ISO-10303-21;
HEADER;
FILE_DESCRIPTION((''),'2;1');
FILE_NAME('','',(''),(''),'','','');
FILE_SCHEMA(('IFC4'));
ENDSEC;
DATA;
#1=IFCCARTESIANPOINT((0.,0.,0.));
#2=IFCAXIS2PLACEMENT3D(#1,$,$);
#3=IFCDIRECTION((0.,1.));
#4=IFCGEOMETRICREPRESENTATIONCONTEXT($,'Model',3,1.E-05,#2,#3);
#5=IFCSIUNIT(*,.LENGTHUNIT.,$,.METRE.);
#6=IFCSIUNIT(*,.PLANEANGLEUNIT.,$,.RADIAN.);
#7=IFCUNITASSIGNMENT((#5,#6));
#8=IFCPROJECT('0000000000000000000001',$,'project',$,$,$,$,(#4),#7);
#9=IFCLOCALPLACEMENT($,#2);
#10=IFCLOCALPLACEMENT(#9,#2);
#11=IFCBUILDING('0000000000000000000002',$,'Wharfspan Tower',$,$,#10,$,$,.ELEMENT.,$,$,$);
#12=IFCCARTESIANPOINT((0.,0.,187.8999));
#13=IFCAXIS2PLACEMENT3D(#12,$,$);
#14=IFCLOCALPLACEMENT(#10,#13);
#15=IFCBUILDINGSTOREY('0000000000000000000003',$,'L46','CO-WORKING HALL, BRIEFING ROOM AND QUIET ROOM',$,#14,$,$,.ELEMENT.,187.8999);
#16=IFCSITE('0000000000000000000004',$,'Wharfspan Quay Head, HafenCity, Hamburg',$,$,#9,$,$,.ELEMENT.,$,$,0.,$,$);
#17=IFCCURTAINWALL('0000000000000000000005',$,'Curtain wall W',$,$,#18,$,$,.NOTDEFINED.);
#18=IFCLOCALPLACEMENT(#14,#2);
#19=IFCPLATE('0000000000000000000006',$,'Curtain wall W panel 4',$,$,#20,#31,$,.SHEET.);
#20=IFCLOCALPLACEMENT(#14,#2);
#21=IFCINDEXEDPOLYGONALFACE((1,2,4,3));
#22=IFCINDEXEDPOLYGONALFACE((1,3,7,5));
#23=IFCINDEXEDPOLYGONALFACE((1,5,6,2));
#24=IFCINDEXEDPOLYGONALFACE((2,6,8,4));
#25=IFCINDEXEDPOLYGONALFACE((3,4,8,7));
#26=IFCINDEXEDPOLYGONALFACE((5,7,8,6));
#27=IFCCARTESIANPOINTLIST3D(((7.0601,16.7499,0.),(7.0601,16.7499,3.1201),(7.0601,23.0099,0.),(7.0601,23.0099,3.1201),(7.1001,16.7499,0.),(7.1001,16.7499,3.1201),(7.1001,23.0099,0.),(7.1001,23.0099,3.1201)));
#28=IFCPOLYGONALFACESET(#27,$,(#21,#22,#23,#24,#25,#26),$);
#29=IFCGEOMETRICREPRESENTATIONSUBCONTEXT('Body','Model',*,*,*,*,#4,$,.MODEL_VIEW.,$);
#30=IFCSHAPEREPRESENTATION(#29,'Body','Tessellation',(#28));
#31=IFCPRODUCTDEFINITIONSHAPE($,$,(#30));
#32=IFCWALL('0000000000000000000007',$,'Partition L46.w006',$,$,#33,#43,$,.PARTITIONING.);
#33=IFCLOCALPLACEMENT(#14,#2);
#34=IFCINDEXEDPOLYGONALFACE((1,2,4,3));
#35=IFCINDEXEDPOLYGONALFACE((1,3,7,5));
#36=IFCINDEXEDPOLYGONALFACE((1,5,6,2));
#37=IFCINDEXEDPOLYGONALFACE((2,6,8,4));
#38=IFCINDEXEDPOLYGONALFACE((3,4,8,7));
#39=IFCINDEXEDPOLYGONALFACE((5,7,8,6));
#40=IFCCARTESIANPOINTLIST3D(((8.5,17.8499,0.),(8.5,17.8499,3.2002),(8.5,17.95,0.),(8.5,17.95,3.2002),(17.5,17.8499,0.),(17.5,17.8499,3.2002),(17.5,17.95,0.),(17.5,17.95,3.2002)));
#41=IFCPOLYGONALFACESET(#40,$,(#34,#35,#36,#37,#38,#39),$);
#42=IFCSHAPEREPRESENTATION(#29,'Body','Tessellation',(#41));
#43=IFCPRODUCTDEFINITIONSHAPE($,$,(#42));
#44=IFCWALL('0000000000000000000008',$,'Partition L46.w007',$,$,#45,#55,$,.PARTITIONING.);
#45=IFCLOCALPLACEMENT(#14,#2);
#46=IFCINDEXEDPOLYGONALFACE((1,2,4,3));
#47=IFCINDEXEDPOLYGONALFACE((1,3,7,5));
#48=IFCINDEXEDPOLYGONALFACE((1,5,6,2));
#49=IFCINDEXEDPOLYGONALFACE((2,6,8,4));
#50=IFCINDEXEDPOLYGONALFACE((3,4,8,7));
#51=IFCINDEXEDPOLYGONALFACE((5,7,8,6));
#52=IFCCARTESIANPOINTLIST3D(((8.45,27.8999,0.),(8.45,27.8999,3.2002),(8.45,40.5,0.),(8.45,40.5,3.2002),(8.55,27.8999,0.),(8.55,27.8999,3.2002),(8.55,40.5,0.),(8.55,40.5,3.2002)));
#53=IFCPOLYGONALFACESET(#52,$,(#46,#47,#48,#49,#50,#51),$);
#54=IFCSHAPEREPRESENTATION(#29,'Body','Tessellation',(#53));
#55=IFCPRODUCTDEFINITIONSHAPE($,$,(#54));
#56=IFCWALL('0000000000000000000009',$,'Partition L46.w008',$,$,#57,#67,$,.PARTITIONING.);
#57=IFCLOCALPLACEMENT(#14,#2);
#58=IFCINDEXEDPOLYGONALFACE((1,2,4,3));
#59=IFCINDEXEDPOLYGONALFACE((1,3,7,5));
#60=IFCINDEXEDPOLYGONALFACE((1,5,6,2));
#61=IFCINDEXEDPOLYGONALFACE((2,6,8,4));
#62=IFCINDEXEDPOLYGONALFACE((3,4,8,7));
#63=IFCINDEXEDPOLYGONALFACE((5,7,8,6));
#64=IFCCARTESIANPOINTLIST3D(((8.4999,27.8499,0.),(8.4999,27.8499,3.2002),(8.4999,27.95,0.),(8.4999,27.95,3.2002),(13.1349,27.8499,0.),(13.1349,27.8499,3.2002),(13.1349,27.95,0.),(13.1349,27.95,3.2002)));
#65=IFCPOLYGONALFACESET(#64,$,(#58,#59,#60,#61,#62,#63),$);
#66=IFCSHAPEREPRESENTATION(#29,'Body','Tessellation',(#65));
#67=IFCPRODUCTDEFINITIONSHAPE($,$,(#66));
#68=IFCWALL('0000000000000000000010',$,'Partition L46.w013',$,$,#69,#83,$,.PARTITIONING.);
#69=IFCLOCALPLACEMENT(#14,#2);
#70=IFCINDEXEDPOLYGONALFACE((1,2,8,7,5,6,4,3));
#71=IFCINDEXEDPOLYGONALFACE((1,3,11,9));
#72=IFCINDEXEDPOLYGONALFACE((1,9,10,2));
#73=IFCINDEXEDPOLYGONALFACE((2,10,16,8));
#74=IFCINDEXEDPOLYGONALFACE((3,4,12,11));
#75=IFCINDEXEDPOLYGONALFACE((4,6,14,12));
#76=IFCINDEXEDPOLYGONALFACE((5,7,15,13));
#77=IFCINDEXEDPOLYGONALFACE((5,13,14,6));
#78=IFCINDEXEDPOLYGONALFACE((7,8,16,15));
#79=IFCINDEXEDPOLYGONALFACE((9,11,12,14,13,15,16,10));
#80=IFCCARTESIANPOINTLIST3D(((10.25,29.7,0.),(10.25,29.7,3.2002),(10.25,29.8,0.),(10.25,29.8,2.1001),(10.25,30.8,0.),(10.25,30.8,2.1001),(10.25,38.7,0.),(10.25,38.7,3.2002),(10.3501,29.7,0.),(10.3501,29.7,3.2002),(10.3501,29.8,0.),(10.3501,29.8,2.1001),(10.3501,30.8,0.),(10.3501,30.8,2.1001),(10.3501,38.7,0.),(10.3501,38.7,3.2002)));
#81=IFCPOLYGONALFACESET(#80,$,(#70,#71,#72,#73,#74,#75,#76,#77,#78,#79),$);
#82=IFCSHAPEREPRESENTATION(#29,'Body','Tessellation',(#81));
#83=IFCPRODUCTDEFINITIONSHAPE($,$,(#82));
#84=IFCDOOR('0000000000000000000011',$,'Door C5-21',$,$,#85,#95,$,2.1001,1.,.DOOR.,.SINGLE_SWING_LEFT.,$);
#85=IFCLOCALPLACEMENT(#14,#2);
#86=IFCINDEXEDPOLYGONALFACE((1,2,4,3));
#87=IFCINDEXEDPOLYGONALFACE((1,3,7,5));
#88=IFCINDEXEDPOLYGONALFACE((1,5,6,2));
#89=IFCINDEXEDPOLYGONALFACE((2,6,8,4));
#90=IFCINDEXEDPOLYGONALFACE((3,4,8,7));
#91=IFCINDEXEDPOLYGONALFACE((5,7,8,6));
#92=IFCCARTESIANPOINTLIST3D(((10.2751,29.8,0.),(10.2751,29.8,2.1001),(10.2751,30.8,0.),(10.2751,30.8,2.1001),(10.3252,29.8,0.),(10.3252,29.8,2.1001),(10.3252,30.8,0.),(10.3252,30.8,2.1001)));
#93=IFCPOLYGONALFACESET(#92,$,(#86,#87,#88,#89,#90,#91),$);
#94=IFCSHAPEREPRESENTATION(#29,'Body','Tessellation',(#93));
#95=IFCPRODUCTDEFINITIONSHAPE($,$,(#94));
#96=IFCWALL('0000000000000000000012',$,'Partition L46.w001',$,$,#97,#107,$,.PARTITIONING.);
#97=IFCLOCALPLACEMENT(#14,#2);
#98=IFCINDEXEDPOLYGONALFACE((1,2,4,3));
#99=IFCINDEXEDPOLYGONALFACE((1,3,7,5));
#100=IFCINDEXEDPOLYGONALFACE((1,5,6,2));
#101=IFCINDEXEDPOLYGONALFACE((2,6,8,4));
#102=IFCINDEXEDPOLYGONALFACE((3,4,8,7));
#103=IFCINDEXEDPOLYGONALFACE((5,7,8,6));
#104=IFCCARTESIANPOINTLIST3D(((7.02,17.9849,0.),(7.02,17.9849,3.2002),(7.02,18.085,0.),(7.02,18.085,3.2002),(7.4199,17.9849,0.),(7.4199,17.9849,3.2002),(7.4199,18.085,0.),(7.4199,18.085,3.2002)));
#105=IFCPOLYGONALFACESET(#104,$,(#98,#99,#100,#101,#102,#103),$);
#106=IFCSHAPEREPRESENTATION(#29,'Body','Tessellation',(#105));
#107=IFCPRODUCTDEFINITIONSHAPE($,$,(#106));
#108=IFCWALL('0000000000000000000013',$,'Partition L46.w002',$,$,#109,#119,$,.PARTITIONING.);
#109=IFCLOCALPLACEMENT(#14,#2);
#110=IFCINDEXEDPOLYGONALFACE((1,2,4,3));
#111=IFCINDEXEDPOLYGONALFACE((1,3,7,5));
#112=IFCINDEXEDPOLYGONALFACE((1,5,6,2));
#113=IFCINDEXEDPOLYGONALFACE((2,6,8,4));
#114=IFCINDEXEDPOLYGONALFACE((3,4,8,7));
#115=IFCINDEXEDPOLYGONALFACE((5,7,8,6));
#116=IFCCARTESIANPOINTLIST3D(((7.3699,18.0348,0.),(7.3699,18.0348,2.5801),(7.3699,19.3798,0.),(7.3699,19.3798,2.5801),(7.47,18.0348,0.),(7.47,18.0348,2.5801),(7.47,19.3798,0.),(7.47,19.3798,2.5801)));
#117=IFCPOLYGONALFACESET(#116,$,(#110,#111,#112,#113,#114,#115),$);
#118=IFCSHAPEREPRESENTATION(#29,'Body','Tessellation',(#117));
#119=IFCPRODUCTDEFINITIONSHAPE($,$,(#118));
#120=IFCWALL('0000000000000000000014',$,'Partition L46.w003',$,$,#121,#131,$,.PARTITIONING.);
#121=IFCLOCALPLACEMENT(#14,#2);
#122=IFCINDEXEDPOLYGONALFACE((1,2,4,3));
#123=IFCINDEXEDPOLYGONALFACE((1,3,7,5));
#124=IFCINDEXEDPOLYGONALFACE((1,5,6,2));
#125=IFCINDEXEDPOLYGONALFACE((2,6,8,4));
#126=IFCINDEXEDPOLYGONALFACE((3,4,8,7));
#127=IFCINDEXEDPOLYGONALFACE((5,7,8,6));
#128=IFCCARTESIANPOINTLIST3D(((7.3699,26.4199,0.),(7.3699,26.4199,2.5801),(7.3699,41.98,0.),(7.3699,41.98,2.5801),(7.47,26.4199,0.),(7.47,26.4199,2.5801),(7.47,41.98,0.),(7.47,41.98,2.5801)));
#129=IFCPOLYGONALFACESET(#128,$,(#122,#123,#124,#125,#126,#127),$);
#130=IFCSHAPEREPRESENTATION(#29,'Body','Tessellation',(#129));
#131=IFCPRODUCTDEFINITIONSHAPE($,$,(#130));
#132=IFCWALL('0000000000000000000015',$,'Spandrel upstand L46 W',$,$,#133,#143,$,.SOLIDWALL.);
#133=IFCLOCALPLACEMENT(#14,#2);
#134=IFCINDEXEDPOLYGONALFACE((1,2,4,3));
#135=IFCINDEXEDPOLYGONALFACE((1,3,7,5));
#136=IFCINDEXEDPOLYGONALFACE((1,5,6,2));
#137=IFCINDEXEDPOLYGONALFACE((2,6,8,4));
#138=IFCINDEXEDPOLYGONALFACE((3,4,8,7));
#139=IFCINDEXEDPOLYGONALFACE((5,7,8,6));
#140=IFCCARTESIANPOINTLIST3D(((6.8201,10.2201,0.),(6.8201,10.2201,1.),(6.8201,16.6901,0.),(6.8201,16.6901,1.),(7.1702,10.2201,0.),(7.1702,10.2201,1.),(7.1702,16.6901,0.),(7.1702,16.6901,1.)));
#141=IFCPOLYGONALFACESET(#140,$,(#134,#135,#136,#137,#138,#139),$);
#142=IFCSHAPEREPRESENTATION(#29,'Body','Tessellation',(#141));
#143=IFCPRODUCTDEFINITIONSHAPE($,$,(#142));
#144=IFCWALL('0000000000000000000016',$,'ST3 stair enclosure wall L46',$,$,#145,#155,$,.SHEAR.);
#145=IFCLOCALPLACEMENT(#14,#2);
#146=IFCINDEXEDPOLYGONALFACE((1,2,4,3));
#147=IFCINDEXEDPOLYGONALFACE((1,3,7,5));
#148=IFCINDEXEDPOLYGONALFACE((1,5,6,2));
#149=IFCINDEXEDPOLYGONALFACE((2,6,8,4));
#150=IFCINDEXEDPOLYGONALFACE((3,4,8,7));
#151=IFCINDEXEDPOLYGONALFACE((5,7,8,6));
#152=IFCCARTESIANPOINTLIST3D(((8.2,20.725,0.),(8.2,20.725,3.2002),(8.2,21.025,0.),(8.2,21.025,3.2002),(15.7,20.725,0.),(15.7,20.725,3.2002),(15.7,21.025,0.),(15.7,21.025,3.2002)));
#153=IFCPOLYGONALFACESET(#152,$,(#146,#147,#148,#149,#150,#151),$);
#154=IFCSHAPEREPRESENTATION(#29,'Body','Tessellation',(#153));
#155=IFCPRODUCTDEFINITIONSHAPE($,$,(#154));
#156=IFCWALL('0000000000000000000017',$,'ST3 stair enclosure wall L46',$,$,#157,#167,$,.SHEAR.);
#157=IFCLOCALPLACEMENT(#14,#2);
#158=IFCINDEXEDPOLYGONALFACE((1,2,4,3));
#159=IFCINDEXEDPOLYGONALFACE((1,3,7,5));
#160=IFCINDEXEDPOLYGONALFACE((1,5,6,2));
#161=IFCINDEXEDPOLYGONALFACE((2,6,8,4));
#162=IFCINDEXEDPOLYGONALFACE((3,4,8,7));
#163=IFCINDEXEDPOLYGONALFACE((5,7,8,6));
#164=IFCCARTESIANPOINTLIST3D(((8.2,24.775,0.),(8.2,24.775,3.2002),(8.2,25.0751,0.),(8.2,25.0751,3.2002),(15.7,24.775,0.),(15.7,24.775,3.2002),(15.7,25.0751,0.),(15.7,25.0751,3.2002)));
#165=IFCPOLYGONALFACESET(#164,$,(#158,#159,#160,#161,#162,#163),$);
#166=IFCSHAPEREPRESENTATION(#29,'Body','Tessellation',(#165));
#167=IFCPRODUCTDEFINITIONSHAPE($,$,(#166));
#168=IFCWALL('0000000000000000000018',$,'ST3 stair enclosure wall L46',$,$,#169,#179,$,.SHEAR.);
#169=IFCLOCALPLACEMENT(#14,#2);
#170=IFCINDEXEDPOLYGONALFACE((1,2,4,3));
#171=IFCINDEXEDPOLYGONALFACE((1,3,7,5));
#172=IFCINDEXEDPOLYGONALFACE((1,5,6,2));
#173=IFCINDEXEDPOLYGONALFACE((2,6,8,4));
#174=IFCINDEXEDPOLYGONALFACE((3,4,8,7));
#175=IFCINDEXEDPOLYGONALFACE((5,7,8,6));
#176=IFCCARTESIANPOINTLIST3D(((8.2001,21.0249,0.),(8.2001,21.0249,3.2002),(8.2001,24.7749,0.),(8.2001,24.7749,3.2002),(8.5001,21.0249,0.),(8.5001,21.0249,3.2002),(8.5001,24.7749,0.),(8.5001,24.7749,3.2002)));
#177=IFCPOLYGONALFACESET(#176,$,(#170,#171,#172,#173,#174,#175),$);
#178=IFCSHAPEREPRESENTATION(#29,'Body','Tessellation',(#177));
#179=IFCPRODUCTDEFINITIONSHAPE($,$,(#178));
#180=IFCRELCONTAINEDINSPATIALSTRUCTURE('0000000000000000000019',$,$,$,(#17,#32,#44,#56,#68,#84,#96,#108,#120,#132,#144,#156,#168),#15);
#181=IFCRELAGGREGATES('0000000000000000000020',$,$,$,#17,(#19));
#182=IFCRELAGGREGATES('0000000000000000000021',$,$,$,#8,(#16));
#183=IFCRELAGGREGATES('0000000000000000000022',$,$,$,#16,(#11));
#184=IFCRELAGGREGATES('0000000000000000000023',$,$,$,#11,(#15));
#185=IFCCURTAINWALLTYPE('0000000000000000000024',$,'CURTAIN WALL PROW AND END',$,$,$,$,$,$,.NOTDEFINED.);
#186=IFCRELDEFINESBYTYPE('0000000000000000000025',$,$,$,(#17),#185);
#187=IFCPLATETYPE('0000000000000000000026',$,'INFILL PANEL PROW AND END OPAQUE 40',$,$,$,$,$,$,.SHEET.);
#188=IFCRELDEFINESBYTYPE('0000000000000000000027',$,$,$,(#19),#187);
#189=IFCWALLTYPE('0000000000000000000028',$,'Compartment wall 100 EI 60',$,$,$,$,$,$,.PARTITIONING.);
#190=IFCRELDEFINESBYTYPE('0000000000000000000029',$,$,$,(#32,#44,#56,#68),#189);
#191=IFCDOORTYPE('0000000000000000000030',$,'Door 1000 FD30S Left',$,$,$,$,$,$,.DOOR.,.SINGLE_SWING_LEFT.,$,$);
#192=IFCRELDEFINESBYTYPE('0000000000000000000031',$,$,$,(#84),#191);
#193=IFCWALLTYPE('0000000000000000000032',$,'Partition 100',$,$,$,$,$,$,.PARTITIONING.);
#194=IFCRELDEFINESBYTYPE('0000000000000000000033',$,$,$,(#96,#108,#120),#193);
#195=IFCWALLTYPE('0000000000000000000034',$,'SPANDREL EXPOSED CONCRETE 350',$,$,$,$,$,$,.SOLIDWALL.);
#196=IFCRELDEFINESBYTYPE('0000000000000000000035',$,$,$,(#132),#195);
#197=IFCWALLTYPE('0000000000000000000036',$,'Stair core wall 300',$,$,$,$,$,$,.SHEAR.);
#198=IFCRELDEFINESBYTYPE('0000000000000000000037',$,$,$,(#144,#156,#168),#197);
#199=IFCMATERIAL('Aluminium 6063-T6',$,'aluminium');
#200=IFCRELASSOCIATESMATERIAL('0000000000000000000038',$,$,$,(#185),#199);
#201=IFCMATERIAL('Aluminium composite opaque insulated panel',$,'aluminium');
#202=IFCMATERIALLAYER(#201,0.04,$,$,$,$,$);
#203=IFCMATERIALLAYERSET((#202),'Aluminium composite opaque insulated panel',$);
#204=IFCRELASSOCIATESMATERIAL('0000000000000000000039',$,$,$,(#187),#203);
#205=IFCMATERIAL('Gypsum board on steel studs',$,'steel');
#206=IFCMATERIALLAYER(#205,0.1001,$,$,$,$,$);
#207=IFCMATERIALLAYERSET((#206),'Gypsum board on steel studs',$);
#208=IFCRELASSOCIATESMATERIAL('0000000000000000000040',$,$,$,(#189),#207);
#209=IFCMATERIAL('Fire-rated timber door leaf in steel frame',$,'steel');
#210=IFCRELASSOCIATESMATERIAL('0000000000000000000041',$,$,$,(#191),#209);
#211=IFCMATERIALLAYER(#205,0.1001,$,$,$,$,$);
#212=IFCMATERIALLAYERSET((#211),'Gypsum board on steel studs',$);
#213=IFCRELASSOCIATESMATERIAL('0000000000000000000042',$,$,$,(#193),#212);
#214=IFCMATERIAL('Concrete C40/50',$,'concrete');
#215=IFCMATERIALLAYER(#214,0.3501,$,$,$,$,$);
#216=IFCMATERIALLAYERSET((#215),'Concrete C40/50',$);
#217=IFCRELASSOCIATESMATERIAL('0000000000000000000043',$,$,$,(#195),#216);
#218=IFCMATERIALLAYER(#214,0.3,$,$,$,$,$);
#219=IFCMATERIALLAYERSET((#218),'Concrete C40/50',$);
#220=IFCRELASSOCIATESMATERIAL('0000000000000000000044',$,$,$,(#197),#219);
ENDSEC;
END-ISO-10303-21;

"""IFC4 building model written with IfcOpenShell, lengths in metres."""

from ifc_helpers import new_model, si_unit, direction, frame, frame_2d, origin, origin_2d, place, context, subcontext, project, spatial, rectangle, extrude, material, layer, layer_set, type_object, element, fill, aggregate, save


model = new_model("IFC4")

# Units and contexts
model_context = context("Model", 3, precision=1e-05, world=origin(), true_north=direction((0.0, 1.0)))
body_context = subcontext(model_context, "Body", "Model", "MODEL_VIEW")
ifc_project = project(units=[si_unit("LENGTHUNIT", "METRE"), si_unit("PLANEANGLEUNIT", "RADIAN")], contexts=[model_context])

# Site, building, storey
site_placement = place(None, origin())
site = spatial("IfcSite", under=ifc_project, at=site_placement, Name="Wharfspan Quay Head, HafenCity, Hamburg", CompositionType="ELEMENT", RefElevation=0.0)
building_placement = place(site_placement, origin())
building = spatial("IfcBuilding", under=site, at=building_placement, Name="Wharfspan Tower", CompositionType="ELEMENT")
storey_placement = place(building_placement, frame((0.0, 0.0, 187.8999)))
storey = spatial("IfcBuildingStorey", under=building, at=storey_placement, Name="L46", Description="CO-WORKING HALL, BRIEFING ROOM AND QUIET ROOM", CompositionType="ELEMENT", Elevation=187.8999)

# Curtain wall
ifc_material_1 = material(Name="Aluminium 6063-T6", Category="aluminium")
curtain_wall_type = type_object("IfcCurtainWallType", Name="CURTAIN WALL PROW AND END", PredefinedType="NOTDEFINED", material=ifc_material_1)
curtain_wall_placement = place(storey_placement, origin())
curtain_wall = element("IfcCurtainWall", 1, at=curtain_wall_placement, inside=storey, type_object=curtain_wall_type, Name="Curtain wall W", PredefinedType="NOTDEFINED")

# Plate
ifc_material_2 = material(Name="Aluminium composite opaque insulated panel", Category="aluminium")
ifc_layer_1 = layer(ifc_material_2, 0.04)
ifc_layer_set_1 = layer_set([ifc_layer_1], Name="Aluminium composite opaque insulated panel")
plate_type = type_object("IfcPlateType", Name="INFILL PANEL PROW AND END OPAQUE 40", PredefinedType="SHEET", material=ifc_layer_set_1)
plate_1_placement = place(storey_placement, frame((7.0801, 19.8799, 0.0), z_axis=(0.0, 0.0, 1.0), x_axis=(0.0, -1.0, 0.0)))
plate_1 = element("IfcPlate", 2, at=plate_1_placement, type_object=plate_type, Name="Curtain wall W panel 4", PredefinedType="SHEET", context=body_context, shape_type="SweptSolid", body=[
    extrude(rectangle(XDim=6.26, YDim=0.04, at=origin_2d()), origin(), (0.0, 0.0, 1.0), 3.1201),
])
aggregate(curtain_wall, [plate_1])

# Walls
ifc_material_3 = material(Name="Gypsum board on steel studs", Category="steel")
ifc_layer_2 = layer(ifc_material_3, 0.1001)
ifc_layer_set_2 = layer_set([ifc_layer_2], Name="Gypsum board on steel studs")
wall_type_1 = type_object("IfcWallType", Name="Compartment wall 100 EI 60", PredefinedType="PARTITIONING", material=ifc_layer_set_2)
wall_1_placement = place(storey_placement, frame((8.5, 17.8999, 0.0), z_axis=(0.0, 0.0, 1.0), x_axis=(1.0, 0.0, 0.0)))
element("IfcWall", 3, at=wall_1_placement, inside=storey, type_object=wall_type_1, Name="Partition L46.w006", PredefinedType="PARTITIONING", context=body_context, shape_type="SweptSolid", body=[
    extrude(rectangle(XDim=9.0, YDim=0.1001, at=frame_2d((4.5, 0.0))), origin(), (0.0, 0.0, 1.0), 3.2002),
])
wall_2_placement = place(storey_placement, frame((8.5, 27.8999, 0.0), z_axis=(0.0, 0.0, 1.0), x_axis=(0.0, 1.0, 0.0)))
element("IfcWall", 4, at=wall_2_placement, inside=storey, type_object=wall_type_1, Name="Partition L46.w007", PredefinedType="PARTITIONING", context=body_context, shape_type="SweptSolid", body=[
    extrude(rectangle(XDim=12.6001, YDim=0.1001, at=frame_2d((6.3, 0.0))), origin(), (0.0, 0.0, 1.0), 3.2002),
])
wall_3_placement = place(storey_placement, frame((8.5, 27.8999, 0.0), z_axis=(0.0, 0.0, 1.0), x_axis=(1.0, 0.0, 0.0)))
element("IfcWall", 5, at=wall_3_placement, inside=storey, type_object=wall_type_1, Name="Partition L46.w008", PredefinedType="PARTITIONING", context=body_context, shape_type="SweptSolid", body=[
    extrude(rectangle(XDim=4.635, YDim=0.1001, at=frame_2d((2.3174, 0.0))), origin(), (0.0, 0.0, 1.0), 3.2002),
])

# Wall, opening, door
wall_4_placement = place(storey_placement, frame((10.3, 29.7, 0.0), z_axis=(0.0, 0.0, 1.0), x_axis=(0.0, 1.0, 0.0)))
wall_4 = element("IfcWall", 6, at=wall_4_placement, inside=storey, type_object=wall_type_1, Name="Partition L46.w013", PredefinedType="PARTITIONING", context=body_context, shape_type="SweptSolid", body=[
    extrude(rectangle(XDim=9.0, YDim=0.1001, at=frame_2d((4.5, 0.0))), origin(), (0.0, 0.0, 1.0), 3.2002),
])
opening_placement = place(wall_4_placement, frame((0.1001, 0.0, 0.0)))
opening = element("IfcOpeningElement", 7, at=opening_placement, cuts=wall_4, PredefinedType="OPENING", context=body_context, shape_type="SweptSolid", body=[
    extrude(rectangle(XDim=1.0, YDim=2.1001, at=frame_2d((0.5, 1.05))), frame((0.0, 0.0601, 0.0), z_axis=(0.0, -1.0, 0.0), x_axis=(1.0, 0.0, 0.0)), (0.0, 0.0, 1.0), 0.1201),
])
ifc_material_4 = material(Name="Fire-rated timber door leaf in steel frame", Category="steel")
door_type = type_object("IfcDoorType", Name="Door 1000 FD30S Left", OperationType="SINGLE_SWING_LEFT", PredefinedType="DOOR", material=ifc_material_4)
door_placement = place(opening_placement, origin())
door = element("IfcDoor", 8, at=door_placement, inside=storey, type_object=door_type, Name="Door C5-21", OperationType="SINGLE_SWING_LEFT", OverallHeight=2.1001, OverallWidth=1.0, PredefinedType="DOOR", context=body_context, shape_type="SweptSolid", body=[
    extrude(rectangle(XDim=1.0, YDim=2.1001, at=frame_2d((0.5, 1.05))), frame((0.0, 0.0249, 0.0), z_axis=(0.0, -1.0, 0.0), x_axis=(1.0, 0.0, 0.0)), (0.0, 0.0, 1.0), 0.05),
])
fill(opening, door)

# Walls
ifc_layer_3 = layer(ifc_material_3, 0.1001)
ifc_layer_set_3 = layer_set([ifc_layer_3], Name="Gypsum board on steel studs")
wall_type_2 = type_object("IfcWallType", Name="Partition 100", PredefinedType="PARTITIONING", material=ifc_layer_set_3)
wall_5_placement = place(storey_placement, frame((7.02, 18.0349, 0.0), z_axis=(0.0, 0.0, 1.0), x_axis=(1.0, 0.0, 0.0)))
element("IfcWall", 9, at=wall_5_placement, inside=storey, type_object=wall_type_2, Name="Partition L46.w001", PredefinedType="PARTITIONING", context=body_context, shape_type="SweptSolid", body=[
    extrude(rectangle(XDim=0.3999, YDim=0.1001, at=frame_2d((0.2, 0.0))), origin(), (0.0, 0.0, 1.0), 3.2002),
])
wall_6_placement = place(storey_placement, frame((7.4199, 18.0349, 0.0), z_axis=(0.0, 0.0, 1.0), x_axis=(0.0, 1.0, 0.0)))
element("IfcWall", 10, at=wall_6_placement, inside=storey, type_object=wall_type_2, Name="Partition L46.w002", PredefinedType="PARTITIONING", context=body_context, shape_type="SweptSolid", body=[
    extrude(rectangle(XDim=1.345, YDim=0.1001, at=frame_2d((0.6724, 0.0))), origin(), (0.0, 0.0, 1.0), 2.5801),
])
wall_7_placement = place(storey_placement, frame((7.4199, 26.4199, 0.0), z_axis=(0.0, 0.0, 1.0), x_axis=(0.0, 1.0, 0.0)))
element("IfcWall", 11, at=wall_7_placement, inside=storey, type_object=wall_type_2, Name="Partition L46.w003", PredefinedType="PARTITIONING", context=body_context, shape_type="SweptSolid", body=[
    extrude(rectangle(XDim=15.5601, YDim=0.1001, at=frame_2d((7.78, 0.0))), origin(), (0.0, 0.0, 1.0), 2.5801),
])
ifc_material_5 = material(Name="Concrete C40/50", Category="concrete")
ifc_layer_4 = layer(ifc_material_5, 0.3501)
ifc_layer_set_4 = layer_set([ifc_layer_4], Name="Concrete C40/50")
wall_type_3 = type_object("IfcWallType", Name="SPANDREL EXPOSED CONCRETE 350", PredefinedType="SOLIDWALL", material=ifc_layer_set_4)
wall_8_placement = place(storey_placement, frame((6.9951, 16.6899, 0.0), z_axis=(0.0, 0.0, 1.0), x_axis=(0.0, -1.0, 0.0)))
element("IfcWall", 12, at=wall_8_placement, inside=storey, type_object=wall_type_3, Name="Spandrel upstand L46 W", PredefinedType="SOLIDWALL", context=body_context, shape_type="SweptSolid", body=[
    extrude(rectangle(XDim=6.47, YDim=0.3501, at=frame_2d((3.2349, 0.0))), origin(), (0.0, 0.0, 1.0), 1.0),
])
ifc_layer_5 = layer(ifc_material_5, 0.3)
ifc_layer_set_5 = layer_set([ifc_layer_5], Name="Concrete C40/50")
wall_type_4 = type_object("IfcWallType", Name="Stair core wall 300", PredefinedType="SHEAR", material=ifc_layer_set_5)
for number, where, z_axis, x_axis, name in (
    (13, (8.2, 20.875, 0.0), (0.0, 0.0, 1.0), (1.0, 0.0, 0.0), "ST3 stair enclosure wall L46"),
    (14, (8.2, 24.925, 0.0), (0.0, 0.0, 1.0), (1.0, 0.0, 0.0), "ST3 stair enclosure wall L46"),
):
    element("IfcWall", number, at=place(storey_placement, frame(where, z_axis=z_axis, x_axis=x_axis)), inside=storey, type_object=wall_type_4, Name=name, PredefinedType="SHEAR", context=body_context, shape_type="SweptSolid", body=[
        extrude(rectangle(XDim=7.5, YDim=0.3, at=frame_2d((3.75, 0.0))), origin(), (0.0, 0.0, 1.0), 3.2002),
    ])
wall_9_placement = place(storey_placement, frame((8.3501, 21.0249, 0.0), z_axis=(0.0, 0.0, 1.0), x_axis=(0.0, 1.0, 0.0)))
element("IfcWall", 15, at=wall_9_placement, inside=storey, type_object=wall_type_4, Name="ST3 stair enclosure wall L46", PredefinedType="SHEAR", context=body_context, shape_type="SweptSolid", body=[
    extrude(rectangle(XDim=3.75, YDim=0.3, at=frame_2d((1.875, 0.0))), origin(), (0.0, 0.0, 1.0), 3.2002),
])

save(model, "model.ifc")
